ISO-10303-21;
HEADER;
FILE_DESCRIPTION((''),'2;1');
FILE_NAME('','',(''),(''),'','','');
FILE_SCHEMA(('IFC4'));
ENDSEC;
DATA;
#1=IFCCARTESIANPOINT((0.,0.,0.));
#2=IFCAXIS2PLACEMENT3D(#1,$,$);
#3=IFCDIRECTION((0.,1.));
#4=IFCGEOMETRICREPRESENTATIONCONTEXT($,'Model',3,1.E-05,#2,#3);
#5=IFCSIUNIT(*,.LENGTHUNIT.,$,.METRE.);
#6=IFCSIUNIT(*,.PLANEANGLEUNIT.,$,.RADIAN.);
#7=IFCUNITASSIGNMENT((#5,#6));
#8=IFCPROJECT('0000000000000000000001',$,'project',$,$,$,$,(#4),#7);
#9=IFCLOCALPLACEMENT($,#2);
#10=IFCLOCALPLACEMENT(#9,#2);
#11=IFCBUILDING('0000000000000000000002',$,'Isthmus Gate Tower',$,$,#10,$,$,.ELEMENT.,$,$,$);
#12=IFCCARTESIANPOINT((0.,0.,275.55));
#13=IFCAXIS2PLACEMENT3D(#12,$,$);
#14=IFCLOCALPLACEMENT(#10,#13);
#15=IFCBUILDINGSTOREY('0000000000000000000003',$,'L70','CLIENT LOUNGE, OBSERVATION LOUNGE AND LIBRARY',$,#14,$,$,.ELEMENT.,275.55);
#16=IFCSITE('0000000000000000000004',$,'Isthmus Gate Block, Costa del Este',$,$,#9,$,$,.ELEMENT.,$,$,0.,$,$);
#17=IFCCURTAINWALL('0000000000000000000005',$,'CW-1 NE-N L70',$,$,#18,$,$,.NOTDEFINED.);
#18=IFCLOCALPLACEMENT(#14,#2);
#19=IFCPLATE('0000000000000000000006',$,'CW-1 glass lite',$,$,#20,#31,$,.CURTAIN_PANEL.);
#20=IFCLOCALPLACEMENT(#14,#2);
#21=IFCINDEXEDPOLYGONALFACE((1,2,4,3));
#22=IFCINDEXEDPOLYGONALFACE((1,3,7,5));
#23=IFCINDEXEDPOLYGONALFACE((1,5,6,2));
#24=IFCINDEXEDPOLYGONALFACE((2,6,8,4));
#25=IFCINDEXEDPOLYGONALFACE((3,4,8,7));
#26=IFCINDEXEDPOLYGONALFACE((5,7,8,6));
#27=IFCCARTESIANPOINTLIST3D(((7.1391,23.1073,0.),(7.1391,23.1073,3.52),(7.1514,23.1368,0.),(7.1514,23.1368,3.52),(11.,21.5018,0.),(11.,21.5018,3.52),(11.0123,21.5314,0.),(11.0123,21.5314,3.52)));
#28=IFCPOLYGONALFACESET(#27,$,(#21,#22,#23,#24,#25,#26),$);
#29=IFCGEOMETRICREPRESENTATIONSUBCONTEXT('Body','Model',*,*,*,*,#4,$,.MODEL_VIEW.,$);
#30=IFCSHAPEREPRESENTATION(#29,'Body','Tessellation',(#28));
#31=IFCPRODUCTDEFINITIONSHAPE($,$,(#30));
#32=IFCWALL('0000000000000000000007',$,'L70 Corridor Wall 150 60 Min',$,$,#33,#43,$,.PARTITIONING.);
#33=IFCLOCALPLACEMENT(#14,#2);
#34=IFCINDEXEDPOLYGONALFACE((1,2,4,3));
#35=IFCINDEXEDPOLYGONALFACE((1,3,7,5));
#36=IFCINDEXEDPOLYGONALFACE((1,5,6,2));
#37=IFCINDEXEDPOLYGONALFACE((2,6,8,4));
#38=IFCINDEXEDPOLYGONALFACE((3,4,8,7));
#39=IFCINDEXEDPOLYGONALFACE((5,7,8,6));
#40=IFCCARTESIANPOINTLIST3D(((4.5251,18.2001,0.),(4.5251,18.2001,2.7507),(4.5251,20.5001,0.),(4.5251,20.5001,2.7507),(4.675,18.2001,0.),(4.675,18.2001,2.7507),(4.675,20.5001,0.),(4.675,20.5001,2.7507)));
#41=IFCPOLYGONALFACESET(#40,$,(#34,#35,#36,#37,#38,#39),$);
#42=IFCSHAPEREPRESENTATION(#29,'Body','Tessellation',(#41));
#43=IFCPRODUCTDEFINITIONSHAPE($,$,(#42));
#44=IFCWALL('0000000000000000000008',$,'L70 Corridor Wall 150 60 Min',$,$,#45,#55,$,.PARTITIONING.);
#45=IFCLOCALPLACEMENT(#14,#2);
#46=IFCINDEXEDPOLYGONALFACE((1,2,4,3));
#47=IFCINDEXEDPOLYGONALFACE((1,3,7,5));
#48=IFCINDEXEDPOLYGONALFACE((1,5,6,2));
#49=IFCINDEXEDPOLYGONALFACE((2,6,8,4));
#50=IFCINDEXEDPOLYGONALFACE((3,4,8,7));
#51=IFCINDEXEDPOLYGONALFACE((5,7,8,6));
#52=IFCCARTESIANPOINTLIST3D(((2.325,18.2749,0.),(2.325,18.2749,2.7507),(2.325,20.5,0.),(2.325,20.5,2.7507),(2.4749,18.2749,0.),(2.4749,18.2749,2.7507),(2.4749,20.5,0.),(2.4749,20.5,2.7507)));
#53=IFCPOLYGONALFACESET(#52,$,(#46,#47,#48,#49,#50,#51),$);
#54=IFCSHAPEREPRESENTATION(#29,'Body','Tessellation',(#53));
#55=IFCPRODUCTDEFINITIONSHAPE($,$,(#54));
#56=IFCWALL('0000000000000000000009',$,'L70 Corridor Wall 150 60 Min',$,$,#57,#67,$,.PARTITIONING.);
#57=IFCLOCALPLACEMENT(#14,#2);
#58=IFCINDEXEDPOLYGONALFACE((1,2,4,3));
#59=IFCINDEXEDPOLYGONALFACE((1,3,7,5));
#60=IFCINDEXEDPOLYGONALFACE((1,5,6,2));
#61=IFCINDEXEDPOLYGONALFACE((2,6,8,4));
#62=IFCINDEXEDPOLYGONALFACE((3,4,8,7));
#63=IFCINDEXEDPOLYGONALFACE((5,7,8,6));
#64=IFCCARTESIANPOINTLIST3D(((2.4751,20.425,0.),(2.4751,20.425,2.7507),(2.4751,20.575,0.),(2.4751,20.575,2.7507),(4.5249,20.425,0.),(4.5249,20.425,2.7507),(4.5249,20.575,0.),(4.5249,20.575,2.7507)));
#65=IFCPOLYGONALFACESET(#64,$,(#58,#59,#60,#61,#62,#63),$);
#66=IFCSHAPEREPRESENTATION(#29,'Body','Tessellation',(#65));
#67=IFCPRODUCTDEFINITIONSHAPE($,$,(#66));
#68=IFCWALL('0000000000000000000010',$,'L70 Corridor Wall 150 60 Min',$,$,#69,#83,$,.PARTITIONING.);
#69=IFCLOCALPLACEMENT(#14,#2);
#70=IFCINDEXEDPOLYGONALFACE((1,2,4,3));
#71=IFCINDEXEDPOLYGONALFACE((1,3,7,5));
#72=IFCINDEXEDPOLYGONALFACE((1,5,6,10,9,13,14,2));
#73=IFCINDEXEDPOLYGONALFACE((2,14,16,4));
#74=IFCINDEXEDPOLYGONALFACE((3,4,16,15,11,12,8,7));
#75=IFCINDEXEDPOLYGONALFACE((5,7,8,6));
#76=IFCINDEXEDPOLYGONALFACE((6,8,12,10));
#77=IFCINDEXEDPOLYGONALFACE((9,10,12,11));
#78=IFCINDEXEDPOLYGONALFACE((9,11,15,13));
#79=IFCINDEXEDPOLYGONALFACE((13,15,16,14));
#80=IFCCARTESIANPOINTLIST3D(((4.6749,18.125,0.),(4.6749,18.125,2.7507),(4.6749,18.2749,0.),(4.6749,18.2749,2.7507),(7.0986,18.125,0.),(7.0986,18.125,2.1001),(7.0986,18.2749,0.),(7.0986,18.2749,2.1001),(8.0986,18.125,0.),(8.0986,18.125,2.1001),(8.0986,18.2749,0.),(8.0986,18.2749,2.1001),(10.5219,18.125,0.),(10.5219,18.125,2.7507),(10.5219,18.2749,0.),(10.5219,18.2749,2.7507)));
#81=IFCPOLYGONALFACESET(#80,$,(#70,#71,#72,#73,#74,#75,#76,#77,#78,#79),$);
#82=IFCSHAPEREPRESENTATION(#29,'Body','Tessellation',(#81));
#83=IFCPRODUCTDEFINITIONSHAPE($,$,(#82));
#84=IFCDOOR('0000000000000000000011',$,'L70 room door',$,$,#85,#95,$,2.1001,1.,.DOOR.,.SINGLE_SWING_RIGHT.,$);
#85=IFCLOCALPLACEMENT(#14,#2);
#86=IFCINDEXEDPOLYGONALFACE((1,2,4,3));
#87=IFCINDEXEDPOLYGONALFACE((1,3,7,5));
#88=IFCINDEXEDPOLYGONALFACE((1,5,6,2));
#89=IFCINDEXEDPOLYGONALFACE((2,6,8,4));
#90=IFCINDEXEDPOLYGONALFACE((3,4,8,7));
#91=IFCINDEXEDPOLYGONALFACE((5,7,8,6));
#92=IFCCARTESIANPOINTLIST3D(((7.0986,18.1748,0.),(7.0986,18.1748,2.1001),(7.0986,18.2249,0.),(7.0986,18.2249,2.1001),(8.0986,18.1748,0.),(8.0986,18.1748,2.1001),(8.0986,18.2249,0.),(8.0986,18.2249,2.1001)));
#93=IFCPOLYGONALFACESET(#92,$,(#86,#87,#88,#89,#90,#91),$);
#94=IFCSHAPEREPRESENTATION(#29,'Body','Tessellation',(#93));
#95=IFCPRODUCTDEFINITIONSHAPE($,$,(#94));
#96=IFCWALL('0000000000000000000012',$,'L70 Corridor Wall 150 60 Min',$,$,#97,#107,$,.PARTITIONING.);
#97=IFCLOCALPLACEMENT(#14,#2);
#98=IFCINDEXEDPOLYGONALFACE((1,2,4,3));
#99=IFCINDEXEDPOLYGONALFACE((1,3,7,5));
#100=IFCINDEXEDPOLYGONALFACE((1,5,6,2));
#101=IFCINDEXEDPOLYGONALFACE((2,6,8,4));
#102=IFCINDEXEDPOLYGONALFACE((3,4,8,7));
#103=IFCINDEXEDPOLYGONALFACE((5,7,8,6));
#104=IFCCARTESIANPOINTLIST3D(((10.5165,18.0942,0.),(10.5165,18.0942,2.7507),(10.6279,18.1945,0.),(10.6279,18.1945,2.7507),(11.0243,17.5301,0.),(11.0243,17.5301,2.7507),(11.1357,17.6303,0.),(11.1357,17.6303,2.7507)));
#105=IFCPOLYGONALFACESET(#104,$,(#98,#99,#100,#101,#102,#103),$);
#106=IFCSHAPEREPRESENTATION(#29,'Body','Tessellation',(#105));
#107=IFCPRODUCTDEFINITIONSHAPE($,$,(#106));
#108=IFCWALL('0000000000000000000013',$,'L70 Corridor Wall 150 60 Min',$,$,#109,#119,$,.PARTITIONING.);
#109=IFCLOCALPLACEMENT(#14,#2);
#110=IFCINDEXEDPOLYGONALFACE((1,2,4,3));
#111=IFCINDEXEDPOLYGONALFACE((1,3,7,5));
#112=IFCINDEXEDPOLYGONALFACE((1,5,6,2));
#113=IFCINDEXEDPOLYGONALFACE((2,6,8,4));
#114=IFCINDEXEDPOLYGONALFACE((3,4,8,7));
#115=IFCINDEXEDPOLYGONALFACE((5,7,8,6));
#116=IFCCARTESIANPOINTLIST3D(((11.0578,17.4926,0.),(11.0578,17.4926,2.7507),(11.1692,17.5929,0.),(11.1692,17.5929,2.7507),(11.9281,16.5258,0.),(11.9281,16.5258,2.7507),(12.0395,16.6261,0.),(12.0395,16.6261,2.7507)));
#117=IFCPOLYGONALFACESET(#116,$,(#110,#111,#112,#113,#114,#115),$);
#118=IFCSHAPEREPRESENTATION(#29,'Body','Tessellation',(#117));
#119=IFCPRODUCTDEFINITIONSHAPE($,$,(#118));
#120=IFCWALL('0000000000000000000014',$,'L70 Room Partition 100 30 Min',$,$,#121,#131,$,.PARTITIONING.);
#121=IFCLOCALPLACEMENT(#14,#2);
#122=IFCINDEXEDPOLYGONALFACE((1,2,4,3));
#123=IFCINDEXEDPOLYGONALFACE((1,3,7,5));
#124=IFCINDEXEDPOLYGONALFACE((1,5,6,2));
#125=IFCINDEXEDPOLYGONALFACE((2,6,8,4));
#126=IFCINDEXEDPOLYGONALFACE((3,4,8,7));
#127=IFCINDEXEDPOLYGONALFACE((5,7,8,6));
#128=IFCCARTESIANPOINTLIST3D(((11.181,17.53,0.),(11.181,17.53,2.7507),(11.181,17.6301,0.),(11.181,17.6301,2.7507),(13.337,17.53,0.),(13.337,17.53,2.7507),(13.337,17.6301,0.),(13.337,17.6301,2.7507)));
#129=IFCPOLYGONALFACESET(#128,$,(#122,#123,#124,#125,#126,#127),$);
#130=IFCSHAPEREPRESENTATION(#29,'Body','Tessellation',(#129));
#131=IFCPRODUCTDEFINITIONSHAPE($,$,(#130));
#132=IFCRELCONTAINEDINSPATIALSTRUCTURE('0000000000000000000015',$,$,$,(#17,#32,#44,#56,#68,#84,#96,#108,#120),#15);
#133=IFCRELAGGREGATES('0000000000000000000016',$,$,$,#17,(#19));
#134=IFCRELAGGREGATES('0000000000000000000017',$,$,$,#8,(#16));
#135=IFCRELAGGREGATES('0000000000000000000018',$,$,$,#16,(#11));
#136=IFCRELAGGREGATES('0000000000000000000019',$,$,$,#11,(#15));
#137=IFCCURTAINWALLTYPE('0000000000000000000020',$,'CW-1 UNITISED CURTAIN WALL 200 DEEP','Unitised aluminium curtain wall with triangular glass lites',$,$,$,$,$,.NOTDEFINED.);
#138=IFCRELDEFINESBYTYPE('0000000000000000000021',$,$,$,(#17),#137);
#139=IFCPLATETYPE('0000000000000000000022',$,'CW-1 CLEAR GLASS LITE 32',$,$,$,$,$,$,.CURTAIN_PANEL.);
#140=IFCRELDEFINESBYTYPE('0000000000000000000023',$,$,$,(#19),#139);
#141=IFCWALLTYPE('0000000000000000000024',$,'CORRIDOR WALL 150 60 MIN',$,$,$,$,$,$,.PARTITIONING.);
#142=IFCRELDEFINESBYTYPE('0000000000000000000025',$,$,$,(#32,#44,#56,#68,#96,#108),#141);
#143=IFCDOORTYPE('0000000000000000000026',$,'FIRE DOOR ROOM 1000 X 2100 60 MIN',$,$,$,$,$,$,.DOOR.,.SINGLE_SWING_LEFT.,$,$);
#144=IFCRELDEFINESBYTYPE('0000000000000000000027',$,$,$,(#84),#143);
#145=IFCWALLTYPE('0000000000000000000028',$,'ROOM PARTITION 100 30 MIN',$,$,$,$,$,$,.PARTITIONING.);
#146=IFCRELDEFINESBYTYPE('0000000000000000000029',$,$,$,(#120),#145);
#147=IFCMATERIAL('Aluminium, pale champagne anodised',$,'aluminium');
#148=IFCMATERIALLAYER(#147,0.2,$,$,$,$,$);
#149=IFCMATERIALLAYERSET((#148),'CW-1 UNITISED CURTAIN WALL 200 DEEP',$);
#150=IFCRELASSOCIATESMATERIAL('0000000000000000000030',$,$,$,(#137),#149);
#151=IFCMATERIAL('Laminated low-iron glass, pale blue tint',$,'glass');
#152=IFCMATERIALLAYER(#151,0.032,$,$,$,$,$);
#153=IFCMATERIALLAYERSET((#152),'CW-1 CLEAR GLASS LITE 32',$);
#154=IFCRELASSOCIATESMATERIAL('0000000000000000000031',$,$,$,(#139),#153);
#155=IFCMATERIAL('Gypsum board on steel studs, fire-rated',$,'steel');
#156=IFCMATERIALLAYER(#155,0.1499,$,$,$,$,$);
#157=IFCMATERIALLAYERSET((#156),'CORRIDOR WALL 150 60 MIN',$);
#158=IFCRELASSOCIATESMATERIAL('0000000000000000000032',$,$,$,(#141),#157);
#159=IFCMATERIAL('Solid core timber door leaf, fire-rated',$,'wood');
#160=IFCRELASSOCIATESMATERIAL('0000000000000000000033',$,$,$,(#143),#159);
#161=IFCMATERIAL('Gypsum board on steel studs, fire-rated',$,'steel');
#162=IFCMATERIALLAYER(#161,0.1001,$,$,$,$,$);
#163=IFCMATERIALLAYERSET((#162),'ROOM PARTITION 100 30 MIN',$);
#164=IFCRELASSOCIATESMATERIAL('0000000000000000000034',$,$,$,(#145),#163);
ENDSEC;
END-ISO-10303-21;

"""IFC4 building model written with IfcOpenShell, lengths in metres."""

from ifc_helpers import new_model, si_unit, direction, frame, frame_2d, origin, origin_2d, place, context, subcontext, project, spatial, rectangle, extrude, material, layer, layer_set, type_object, element, fill, aggregate, save


model = new_model("IFC4")

# Units and contexts
model_context = context("Model", 3, precision=1e-05, world=origin(), true_north=direction((0.0, 1.0)))
body_context = subcontext(model_context, "Body", "Model", "MODEL_VIEW")
ifc_project = project(units=[si_unit("LENGTHUNIT", "METRE"), si_unit("PLANEANGLEUNIT", "RADIAN")], contexts=[model_context])

# Site, building, storey
site_placement = place(None, origin())
site = spatial("IfcSite", under=ifc_project, at=site_placement, Name="Isthmus Gate Block, Costa del Este", CompositionType="ELEMENT", RefElevation=0.0)
building_placement = place(site_placement, origin())
building = spatial("IfcBuilding", under=site, at=building_placement, Name="Isthmus Gate Tower", CompositionType="ELEMENT")
storey_placement = place(building_placement, frame((0.0, 0.0, 275.55)))
storey = spatial("IfcBuildingStorey", under=building, at=storey_placement, Name="L70", Description="CLIENT LOUNGE, OBSERVATION LOUNGE AND LIBRARY", CompositionType="ELEMENT", Elevation=275.55)

# Curtain wall
ifc_material_1 = material(Name="Aluminium, pale champagne anodised", Category="aluminium")
ifc_layer_1 = layer(ifc_material_1, 0.2)
ifc_layer_set_1 = layer_set([ifc_layer_1], Name="CW-1 UNITISED CURTAIN WALL 200 DEEP")
curtain_wall_type = type_object("IfcCurtainWallType", Name="CW-1 UNITISED CURTAIN WALL 200 DEEP", Description="Unitised aluminium curtain wall with triangular glass lites", PredefinedType="NOTDEFINED", material=ifc_layer_set_1)
curtain_wall_1_placement = place(storey_placement, origin())
curtain_wall_1 = element("IfcCurtainWall", 1, at=curtain_wall_1_placement, inside=storey, type_object=curtain_wall_type, Name="CW-1 NE-N L70", PredefinedType="NOTDEFINED")

# Plate
ifc_material_2 = material(Name="Laminated low-iron glass, pale blue tint", Category="glass")
ifc_layer_2 = layer(ifc_material_2, 0.032)
ifc_layer_set_2 = layer_set([ifc_layer_2], Name="CW-1 CLEAR GLASS LITE 32")
plate_type = type_object("IfcPlateType", Name="CW-1 CLEAR GLASS LITE 32", PredefinedType="CURTAIN_PANEL", material=ifc_layer_set_2)
plate_1_placement = place(storey_placement, frame((9.0757, 22.3193, 0.0), z_axis=(0.0, 0.0, 1.0), x_axis=(-0.923353, 0.383952, 0.0)))
plate_1 = element("IfcPlate", 2, at=plate_1_placement, type_object=plate_type, Name="CW-1 glass lite", PredefinedType="CURTAIN_PANEL", context=body_context, shape_type="SweptSolid", body=[
    extrude(rectangle(XDim=4.1814, YDim=0.032, at=origin_2d()), origin(), (0.0, 0.0, 1.0), 3.52),
])
aggregate(curtain_wall_1, [plate_1])

# Walls
ifc_material_3 = material(Name="Gypsum board on steel studs, fire-rated", Category="steel")
ifc_layer_3 = layer(ifc_material_3, 0.1499)
ifc_layer_set_3 = layer_set([ifc_layer_3], Name="CORRIDOR WALL 150 60 MIN")
wall_type_1 = type_object("IfcWallType", Name="CORRIDOR WALL 150 60 MIN", PredefinedType="PARTITIONING", material=ifc_layer_set_3)
wall_1_placement = place(storey_placement, frame((4.6001, 20.5, 0.0), z_axis=(0.0, 0.0, 1.0), x_axis=(0.0, -1.0, 0.0)))
element("IfcWall", 3, at=wall_1_placement, inside=storey, type_object=wall_type_1, Name="L70 Corridor Wall 150 60 Min", PredefinedType="PARTITIONING", context=body_context, shape_type="SweptSolid", body=[
    extrude(rectangle(XDim=2.3, YDim=0.1499, at=frame_2d((1.1499, 0.0))), origin(), (0.0, 0.0, 1.0), 2.7507),
])
wall_2_placement = place(storey_placement, frame((2.3999, 18.2749, 0.0), z_axis=(0.0, 0.0, 1.0), x_axis=(0.0, 1.0, 0.0)))
element("IfcWall", 4, at=wall_2_placement, inside=storey, type_object=wall_type_1, Name="L70 Corridor Wall 150 60 Min", PredefinedType="PARTITIONING", context=body_context, shape_type="SweptSolid", body=[
    extrude(rectangle(XDim=2.2251, YDim=0.1499, at=frame_2d((1.1125, 0.0))), origin(), (0.0, 0.0, 1.0), 2.7507),
])
wall_3_placement = place(storey_placement, frame((2.4751, 20.5, 0.0), z_axis=(0.0, 0.0, 1.0), x_axis=(1.0, 0.0, 0.0)))
element("IfcWall", 5, at=wall_3_placement, inside=storey, type_object=wall_type_1, Name="L70 Corridor Wall 150 60 Min", PredefinedType="PARTITIONING", context=body_context, shape_type="SweptSolid", body=[
    extrude(rectangle(XDim=2.0498, YDim=0.1499, at=frame_2d((1.0249, 0.0))), origin(), (0.0, 0.0, 1.0), 2.7507),
])

# Wall, opening, door
wall_4_placement = place(storey_placement, frame((4.675, 18.2, 0.0), z_axis=(0.0, 0.0, 1.0), x_axis=(1.0, 0.0, 0.0)))
wall_4 = element("IfcWall", 6, at=wall_4_placement, inside=storey, type_object=wall_type_1, Name="L70 Corridor Wall 150 60 Min", PredefinedType="PARTITIONING", context=body_context, shape_type="SweptSolid", body=[
    extrude(rectangle(XDim=5.8469, YDim=0.1499, at=frame_2d((2.9233, 0.0))), origin(), (0.0, 0.0, 1.0), 2.7507),
])
opening_placement = place(wall_4_placement, frame((2.4236, 0.0, 0.0)))
opening = element("IfcOpeningElement", 7, at=opening_placement, cuts=wall_4, PredefinedType="OPENING", context=body_context, shape_type="SweptSolid", body=[
    extrude(rectangle(XDim=1.0, YDim=2.1001, at=frame_2d((0.5, 1.05))), frame((0.0, 0.085, 0.0), z_axis=(0.0, -1.0, 0.0), x_axis=(1.0, 0.0, 0.0)), (0.0, 0.0, 1.0), 0.1699),
])
ifc_material_4 = material(Name="Solid core timber door leaf, fire-rated", Category="wood")
door_type = type_object("IfcDoorType", Name="FIRE DOOR ROOM 1000 X 2100 60 MIN", OperationType="SINGLE_SWING_LEFT", PredefinedType="DOOR", material=ifc_material_4)
door_placement = place(opening_placement, origin())
door = element("IfcDoor", 8, at=door_placement, inside=storey, type_object=door_type, Name="L70 room door", OperationType="SINGLE_SWING_RIGHT", OverallHeight=2.1001, OverallWidth=1.0, PredefinedType="DOOR", context=body_context, shape_type="SweptSolid", body=[
    extrude(rectangle(XDim=1.0, YDim=2.1001, at=frame_2d((0.5, 1.05))), frame((0.0, 0.0249, 0.0), z_axis=(0.0, -1.0, 0.0), x_axis=(1.0, 0.0, 0.0)), (0.0, 0.0, 1.0), 0.05),
])
fill(opening, door)

# Walls
wall_5_placement = place(storey_placement, frame((10.5723, 18.1443, 0.0), z_axis=(0.0, 0.0, 1.0), x_axis=(0.668983, -0.743278, 0.0)))
element("IfcWall", 9, at=wall_5_placement, inside=storey, type_object=wall_type_1, Name="L70 Corridor Wall 150 60 Min", PredefinedType="PARTITIONING", context=body_context, shape_type="SweptSolid", body=[
    extrude(rectangle(XDim=0.759, YDim=0.1499, at=frame_2d((0.3794, 0.0))), origin(), (0.0, 0.0, 1.0), 2.7507),
])
wall_6_placement = place(storey_placement, frame((11.1135, 17.5427, 0.0), z_axis=(0.0, 0.0, 1.0), x_axis=(0.669068, -0.743201, 0.0)))
element("IfcWall", 10, at=wall_6_placement, inside=storey, type_object=wall_type_1, Name="L70 Corridor Wall 150 60 Min", PredefinedType="PARTITIONING", context=body_context, shape_type="SweptSolid", body=[
    extrude(rectangle(XDim=1.3008, YDim=0.1499, at=frame_2d((0.6504, 0.0))), origin(), (0.0, 0.0, 1.0), 2.7507),
])
ifc_material_5 = material(Name="Gypsum board on steel studs, fire-rated", Category="steel")
ifc_layer_4 = layer(ifc_material_5, 0.1001)
ifc_layer_set_4 = layer_set([ifc_layer_4], Name="ROOM PARTITION 100 30 MIN")
wall_type_2 = type_object("IfcWallType", Name="ROOM PARTITION 100 30 MIN", PredefinedType="PARTITIONING", material=ifc_layer_set_4)
wall_7_placement = place(storey_placement, frame((11.1809, 17.5801, 0.0), z_axis=(0.0, 0.0, 1.0), x_axis=(1.0, 0.0, 0.0)))
element("IfcWall", 11, at=wall_7_placement, inside=storey, type_object=wall_type_2, Name="L70 Room Partition 100 30 Min", PredefinedType="PARTITIONING", context=body_context, shape_type="SweptSolid", body=[
    extrude(rectangle(XDim=2.156, YDim=0.1001, at=frame_2d((1.0781, 0.0))), origin(), (0.0, 0.0, 1.0), 2.7507),
])

save(model, "model.ifc")
